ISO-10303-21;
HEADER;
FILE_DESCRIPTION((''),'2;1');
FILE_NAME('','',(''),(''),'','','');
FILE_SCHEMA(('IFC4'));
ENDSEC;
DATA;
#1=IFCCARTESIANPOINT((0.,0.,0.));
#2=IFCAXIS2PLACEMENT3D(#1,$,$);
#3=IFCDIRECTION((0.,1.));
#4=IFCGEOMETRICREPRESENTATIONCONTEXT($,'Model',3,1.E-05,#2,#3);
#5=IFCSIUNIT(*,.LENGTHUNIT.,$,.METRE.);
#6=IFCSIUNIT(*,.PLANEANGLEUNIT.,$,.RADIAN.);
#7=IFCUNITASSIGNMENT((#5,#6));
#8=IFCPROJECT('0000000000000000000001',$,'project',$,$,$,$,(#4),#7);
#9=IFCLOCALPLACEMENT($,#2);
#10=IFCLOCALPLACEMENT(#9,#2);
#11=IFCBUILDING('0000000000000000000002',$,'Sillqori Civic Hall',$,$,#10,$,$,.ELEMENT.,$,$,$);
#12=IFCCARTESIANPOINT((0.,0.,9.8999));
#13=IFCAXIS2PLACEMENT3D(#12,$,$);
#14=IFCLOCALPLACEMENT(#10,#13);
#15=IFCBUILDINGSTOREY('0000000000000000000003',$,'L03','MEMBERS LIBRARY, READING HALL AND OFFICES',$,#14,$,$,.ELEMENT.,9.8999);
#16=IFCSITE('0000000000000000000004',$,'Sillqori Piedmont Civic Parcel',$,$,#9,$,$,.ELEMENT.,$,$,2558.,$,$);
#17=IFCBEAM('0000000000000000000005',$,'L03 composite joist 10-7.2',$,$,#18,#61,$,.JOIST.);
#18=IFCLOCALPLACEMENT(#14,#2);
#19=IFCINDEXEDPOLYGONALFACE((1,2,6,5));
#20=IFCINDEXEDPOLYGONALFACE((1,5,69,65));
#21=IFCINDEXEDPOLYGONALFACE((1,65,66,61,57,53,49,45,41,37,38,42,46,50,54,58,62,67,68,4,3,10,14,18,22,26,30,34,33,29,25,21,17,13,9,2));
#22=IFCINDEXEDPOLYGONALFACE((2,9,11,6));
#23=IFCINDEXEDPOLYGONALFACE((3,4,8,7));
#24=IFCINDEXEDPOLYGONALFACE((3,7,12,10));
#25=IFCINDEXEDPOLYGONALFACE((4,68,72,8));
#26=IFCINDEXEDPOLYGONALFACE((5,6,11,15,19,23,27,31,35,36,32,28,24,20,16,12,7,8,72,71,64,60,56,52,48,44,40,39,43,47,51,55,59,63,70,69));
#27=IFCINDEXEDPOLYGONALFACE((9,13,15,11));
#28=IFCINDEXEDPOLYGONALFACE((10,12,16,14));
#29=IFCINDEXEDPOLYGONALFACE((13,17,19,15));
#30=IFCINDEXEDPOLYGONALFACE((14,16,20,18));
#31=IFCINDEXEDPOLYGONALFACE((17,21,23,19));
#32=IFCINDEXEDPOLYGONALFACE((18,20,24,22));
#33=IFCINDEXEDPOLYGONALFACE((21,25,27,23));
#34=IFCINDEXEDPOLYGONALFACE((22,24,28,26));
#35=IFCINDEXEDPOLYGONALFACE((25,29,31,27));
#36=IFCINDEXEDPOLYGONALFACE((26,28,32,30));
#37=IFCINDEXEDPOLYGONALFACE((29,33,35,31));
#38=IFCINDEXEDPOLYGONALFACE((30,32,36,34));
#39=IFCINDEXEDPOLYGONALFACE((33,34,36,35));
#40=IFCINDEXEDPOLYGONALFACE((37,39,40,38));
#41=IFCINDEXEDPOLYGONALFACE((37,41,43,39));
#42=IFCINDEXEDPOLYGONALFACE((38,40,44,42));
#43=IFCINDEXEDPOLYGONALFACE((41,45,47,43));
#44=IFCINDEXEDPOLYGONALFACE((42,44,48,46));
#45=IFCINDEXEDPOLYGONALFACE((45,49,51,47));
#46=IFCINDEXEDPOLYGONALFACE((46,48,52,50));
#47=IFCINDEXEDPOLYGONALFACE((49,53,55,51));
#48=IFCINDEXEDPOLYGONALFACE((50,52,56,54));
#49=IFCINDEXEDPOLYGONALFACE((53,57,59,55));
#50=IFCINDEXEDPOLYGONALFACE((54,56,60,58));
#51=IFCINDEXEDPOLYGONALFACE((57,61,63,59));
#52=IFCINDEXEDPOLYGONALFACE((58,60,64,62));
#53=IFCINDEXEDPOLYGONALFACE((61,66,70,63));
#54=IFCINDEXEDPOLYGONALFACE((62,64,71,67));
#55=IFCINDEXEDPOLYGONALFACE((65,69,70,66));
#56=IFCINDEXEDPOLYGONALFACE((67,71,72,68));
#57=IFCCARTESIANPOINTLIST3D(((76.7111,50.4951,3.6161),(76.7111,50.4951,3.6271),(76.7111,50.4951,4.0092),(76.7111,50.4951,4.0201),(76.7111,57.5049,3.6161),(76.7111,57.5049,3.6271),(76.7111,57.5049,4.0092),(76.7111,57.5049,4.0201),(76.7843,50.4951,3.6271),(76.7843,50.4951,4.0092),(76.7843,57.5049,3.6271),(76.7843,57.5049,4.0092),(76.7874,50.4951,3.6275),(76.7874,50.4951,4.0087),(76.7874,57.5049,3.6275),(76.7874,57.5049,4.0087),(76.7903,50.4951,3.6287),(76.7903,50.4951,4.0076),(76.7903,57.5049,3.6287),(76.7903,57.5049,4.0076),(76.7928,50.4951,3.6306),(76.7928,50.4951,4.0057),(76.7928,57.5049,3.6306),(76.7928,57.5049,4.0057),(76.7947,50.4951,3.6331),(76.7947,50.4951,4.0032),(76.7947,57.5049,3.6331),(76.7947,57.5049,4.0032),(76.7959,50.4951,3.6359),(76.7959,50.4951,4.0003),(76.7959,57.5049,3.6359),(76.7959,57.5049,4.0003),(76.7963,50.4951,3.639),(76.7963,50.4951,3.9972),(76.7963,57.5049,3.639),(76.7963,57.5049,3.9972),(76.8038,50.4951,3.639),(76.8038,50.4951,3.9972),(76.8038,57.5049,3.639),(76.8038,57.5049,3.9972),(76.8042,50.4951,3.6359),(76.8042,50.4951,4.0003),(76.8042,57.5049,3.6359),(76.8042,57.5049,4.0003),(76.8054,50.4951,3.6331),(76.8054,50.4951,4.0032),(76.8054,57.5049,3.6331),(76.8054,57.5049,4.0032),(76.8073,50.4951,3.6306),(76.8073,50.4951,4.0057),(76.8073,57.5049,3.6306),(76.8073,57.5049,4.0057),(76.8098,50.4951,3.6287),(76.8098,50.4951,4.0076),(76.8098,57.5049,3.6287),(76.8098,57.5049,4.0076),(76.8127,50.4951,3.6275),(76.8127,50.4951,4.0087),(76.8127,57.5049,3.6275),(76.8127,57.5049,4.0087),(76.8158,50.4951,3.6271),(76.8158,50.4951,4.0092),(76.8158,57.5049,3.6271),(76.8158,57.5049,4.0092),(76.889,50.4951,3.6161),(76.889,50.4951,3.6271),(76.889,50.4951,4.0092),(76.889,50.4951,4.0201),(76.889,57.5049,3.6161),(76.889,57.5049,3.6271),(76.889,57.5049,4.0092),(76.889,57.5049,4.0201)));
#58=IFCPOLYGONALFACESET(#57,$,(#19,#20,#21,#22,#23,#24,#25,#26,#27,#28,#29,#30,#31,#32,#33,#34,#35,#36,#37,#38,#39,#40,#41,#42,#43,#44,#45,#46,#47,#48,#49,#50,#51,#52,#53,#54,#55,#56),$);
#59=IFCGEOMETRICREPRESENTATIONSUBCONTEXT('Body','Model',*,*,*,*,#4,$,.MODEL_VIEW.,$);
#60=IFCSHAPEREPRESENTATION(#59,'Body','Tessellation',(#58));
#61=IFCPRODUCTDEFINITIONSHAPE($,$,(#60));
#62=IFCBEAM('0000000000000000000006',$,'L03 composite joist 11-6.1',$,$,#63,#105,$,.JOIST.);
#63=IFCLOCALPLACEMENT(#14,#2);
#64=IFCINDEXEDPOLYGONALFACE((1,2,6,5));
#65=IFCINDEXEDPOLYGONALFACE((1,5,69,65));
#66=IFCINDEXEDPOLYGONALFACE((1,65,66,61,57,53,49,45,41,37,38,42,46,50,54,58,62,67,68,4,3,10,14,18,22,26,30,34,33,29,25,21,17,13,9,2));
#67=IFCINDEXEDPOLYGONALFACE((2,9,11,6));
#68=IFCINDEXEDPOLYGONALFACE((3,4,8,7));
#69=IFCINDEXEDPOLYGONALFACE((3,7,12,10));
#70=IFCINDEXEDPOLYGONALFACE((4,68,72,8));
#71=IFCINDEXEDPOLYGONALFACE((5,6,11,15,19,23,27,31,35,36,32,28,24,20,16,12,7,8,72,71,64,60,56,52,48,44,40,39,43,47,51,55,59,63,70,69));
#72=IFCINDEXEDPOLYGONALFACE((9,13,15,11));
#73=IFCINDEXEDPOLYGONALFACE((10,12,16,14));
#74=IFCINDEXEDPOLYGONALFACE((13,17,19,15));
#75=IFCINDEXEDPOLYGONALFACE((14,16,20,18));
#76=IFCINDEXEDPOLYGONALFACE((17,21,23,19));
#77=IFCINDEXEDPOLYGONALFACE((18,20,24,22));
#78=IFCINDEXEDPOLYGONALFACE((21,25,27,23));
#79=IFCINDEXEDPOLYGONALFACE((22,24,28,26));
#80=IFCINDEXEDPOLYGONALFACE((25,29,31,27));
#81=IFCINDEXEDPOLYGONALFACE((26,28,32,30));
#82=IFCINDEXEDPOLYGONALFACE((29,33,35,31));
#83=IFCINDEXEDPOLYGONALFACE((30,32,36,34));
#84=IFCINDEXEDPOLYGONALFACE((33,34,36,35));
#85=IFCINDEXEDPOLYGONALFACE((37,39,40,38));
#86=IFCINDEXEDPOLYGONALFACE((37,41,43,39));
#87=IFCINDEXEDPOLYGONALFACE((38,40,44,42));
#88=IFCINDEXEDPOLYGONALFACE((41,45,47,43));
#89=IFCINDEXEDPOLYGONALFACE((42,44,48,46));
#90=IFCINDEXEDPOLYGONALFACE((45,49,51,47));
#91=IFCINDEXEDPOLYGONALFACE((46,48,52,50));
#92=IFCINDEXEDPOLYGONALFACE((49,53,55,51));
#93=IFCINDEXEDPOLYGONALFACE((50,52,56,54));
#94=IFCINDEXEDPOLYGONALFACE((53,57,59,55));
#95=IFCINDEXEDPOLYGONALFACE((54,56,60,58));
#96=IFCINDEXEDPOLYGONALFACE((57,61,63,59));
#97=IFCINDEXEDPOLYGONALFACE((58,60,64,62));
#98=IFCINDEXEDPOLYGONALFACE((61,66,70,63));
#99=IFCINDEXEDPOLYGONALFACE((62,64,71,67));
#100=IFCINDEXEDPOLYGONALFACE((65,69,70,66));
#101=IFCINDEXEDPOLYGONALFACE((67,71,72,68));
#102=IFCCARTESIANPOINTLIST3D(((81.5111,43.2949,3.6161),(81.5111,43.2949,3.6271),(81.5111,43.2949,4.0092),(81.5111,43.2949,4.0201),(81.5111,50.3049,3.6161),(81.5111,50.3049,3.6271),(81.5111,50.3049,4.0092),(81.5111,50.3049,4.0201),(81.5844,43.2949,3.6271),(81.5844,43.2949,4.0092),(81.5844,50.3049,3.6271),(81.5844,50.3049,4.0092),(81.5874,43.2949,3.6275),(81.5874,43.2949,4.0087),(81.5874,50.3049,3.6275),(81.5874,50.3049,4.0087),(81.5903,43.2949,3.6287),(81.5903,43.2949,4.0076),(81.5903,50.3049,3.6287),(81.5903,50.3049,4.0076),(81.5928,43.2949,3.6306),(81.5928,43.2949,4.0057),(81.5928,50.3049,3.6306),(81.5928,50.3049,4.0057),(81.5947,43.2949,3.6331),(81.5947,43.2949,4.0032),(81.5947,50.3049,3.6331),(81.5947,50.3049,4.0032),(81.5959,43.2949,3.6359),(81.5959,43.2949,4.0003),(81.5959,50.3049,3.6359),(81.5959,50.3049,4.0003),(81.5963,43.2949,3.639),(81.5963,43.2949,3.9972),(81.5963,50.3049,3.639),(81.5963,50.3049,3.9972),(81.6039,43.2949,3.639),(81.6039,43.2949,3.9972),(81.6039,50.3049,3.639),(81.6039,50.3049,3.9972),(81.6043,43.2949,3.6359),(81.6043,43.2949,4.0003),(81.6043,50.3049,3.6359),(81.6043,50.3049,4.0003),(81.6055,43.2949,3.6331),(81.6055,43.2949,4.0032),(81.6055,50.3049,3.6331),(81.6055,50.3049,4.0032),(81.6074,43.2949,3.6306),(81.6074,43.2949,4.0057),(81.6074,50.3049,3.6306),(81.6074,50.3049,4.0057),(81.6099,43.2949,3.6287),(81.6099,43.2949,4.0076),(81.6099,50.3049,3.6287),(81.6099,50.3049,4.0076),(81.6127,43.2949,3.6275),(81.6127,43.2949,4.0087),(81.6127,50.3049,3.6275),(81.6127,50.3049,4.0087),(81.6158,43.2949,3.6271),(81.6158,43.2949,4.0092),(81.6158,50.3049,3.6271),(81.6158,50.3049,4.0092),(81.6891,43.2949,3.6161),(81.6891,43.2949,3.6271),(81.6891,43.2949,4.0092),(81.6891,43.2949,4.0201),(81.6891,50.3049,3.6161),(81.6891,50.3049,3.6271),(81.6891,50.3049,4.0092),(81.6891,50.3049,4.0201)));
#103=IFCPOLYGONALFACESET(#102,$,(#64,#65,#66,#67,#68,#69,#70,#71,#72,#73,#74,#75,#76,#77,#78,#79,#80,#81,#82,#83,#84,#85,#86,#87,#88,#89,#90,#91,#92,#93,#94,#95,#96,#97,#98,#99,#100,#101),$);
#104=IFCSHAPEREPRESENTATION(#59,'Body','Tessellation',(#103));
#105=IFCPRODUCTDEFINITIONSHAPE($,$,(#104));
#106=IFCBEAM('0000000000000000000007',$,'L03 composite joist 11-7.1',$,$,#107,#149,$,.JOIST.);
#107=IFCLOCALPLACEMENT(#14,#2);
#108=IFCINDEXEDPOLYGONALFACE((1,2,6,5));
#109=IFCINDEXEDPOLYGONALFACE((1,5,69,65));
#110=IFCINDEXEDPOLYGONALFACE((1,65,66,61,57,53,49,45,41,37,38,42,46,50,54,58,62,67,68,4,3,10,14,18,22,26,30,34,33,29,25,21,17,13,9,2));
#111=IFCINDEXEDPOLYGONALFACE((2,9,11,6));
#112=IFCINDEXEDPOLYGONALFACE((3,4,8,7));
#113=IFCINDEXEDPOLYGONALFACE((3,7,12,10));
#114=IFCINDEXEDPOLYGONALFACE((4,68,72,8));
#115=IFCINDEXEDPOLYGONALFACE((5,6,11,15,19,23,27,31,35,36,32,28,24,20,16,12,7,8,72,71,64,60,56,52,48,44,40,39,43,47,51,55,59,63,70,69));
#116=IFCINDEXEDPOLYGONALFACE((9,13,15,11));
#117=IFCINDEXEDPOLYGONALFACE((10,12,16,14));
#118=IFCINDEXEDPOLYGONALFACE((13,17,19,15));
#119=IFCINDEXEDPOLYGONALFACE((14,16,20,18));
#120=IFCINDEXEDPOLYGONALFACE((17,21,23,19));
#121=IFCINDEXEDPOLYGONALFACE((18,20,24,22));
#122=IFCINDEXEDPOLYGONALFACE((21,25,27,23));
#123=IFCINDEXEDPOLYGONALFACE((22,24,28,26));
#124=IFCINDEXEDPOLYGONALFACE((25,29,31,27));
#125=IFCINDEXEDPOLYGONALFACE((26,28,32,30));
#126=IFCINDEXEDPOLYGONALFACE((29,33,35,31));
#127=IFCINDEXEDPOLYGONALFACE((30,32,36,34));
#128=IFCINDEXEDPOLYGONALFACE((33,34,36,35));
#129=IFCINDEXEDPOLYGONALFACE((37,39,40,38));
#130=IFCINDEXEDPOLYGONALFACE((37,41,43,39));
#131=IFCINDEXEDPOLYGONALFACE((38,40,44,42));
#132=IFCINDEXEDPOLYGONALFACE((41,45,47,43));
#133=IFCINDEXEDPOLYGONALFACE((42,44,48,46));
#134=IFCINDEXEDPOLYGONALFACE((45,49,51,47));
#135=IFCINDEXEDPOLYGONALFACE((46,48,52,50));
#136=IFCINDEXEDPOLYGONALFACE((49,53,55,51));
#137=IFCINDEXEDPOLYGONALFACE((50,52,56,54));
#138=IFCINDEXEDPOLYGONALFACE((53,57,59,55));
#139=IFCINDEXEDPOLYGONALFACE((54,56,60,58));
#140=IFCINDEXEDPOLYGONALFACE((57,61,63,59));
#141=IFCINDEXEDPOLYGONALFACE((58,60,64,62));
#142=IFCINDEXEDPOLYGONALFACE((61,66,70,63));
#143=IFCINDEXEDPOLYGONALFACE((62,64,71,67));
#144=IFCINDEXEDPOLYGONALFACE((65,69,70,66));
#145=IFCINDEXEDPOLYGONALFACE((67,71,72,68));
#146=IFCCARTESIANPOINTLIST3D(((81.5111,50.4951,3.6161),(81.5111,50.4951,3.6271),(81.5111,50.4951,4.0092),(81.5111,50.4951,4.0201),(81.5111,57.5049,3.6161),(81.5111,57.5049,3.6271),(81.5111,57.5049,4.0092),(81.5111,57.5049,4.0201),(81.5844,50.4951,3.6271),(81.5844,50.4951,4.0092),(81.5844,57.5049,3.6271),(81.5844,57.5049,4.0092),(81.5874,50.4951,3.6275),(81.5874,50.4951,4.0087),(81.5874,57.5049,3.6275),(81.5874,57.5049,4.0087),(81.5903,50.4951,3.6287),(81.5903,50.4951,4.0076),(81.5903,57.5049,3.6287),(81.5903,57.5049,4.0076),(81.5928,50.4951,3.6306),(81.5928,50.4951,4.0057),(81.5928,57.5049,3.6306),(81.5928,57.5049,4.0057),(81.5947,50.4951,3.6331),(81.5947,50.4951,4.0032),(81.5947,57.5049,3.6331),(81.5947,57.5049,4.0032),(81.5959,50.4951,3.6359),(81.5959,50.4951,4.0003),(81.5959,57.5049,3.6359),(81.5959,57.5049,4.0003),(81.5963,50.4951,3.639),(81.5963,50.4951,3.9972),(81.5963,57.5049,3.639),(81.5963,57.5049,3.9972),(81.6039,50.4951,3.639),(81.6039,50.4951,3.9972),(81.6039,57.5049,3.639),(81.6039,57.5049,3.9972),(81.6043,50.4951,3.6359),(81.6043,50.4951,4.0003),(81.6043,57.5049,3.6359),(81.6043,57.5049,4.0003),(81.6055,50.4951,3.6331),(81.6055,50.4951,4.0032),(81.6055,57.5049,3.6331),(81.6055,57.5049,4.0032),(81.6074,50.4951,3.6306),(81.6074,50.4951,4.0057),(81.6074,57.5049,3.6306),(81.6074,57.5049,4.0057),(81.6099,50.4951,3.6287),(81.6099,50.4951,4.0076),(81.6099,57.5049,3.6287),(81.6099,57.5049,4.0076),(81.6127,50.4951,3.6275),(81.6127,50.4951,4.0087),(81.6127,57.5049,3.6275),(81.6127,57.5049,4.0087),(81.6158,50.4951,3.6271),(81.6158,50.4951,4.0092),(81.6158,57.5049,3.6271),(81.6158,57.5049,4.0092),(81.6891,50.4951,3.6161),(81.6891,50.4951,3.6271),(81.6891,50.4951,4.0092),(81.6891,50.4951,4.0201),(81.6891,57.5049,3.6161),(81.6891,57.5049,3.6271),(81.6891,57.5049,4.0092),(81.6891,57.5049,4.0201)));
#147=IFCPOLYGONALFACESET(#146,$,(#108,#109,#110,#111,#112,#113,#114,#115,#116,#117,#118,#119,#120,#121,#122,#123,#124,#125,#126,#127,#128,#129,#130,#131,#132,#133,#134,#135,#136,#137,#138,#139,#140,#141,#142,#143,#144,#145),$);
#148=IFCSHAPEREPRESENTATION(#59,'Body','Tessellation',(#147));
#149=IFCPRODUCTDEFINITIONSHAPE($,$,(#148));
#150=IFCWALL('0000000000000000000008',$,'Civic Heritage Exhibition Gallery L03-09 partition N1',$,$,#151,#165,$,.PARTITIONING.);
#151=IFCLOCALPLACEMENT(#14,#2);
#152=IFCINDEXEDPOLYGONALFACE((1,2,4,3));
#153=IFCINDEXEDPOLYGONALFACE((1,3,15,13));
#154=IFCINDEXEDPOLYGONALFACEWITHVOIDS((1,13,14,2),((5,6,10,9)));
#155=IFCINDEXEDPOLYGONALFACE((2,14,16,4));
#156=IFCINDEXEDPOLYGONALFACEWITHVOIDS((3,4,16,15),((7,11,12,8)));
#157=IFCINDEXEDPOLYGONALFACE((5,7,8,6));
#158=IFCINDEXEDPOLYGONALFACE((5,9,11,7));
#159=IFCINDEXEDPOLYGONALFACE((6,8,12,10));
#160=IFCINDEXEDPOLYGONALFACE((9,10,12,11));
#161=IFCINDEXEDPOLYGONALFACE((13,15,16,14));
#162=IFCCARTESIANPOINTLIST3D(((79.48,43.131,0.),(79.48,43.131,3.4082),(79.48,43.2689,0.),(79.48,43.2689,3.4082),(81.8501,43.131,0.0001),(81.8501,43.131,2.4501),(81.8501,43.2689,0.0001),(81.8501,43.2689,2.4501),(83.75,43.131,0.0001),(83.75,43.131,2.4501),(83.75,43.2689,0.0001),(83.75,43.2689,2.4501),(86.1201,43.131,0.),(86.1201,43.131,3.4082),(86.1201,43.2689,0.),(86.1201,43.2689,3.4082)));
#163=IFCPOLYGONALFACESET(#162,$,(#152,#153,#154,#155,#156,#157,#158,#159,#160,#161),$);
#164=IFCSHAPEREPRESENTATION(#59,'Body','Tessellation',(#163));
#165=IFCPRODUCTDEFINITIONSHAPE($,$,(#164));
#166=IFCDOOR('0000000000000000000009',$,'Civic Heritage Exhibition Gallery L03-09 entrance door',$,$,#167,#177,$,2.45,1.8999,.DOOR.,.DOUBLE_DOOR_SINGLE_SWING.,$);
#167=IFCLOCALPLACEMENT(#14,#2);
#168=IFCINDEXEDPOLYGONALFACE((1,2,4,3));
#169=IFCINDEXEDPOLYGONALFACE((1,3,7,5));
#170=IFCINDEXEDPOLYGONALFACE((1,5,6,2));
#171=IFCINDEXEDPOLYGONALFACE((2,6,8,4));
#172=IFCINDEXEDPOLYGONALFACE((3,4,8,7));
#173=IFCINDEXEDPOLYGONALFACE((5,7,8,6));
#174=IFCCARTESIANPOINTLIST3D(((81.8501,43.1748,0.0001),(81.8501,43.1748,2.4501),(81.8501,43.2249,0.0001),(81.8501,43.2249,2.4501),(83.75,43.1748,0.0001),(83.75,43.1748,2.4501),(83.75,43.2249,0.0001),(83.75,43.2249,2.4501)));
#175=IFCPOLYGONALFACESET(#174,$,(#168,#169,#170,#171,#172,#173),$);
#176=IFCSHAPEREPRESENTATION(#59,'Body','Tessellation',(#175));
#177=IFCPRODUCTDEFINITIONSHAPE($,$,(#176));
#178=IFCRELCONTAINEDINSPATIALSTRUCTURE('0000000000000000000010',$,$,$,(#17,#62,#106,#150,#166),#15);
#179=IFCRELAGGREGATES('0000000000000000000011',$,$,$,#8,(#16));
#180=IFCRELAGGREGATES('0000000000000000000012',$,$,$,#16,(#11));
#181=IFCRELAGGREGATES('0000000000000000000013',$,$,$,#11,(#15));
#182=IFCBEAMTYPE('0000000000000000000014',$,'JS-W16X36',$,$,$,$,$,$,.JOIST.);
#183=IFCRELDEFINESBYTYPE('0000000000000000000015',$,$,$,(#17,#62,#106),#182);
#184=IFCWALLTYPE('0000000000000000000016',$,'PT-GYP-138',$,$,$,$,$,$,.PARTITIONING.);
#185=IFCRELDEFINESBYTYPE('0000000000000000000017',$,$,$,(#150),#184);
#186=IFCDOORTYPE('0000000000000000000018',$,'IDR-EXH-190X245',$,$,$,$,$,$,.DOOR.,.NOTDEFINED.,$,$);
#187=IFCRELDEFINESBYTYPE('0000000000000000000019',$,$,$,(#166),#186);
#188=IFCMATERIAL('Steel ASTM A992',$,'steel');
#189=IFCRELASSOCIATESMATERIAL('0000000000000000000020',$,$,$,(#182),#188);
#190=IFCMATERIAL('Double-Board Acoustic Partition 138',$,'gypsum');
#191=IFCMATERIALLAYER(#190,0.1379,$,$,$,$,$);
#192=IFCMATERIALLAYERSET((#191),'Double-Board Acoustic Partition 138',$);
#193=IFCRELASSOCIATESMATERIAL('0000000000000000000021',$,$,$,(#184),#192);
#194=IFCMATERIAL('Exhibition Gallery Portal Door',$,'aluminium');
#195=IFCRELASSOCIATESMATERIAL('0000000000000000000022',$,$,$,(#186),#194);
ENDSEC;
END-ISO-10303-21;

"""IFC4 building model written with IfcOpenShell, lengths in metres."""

from ifc_helpers import new_model, si_unit, direction, frame, frame_2d, origin, origin_2d, place, context, subcontext, project, spatial, rectangle, i_section, extrude, material, layer, layer_set, material_profile, profile_set, type_object, element, fill, save


model = new_model("IFC4")

# Units and contexts
model_context = context("Model", 3, precision=1e-05, world=origin(), true_north=direction((0.0, 1.0)))
body_context = subcontext(model_context, "Body", "Model", "MODEL_VIEW")
ifc_project = project(units=[si_unit("LENGTHUNIT", "METRE"), si_unit("PLANEANGLEUNIT", "RADIAN")], contexts=[model_context])

# Site, building, storey
site_placement = place(None, origin())
site = spatial("IfcSite", under=ifc_project, at=site_placement, Name="Sillqori Piedmont Civic Parcel", CompositionType="ELEMENT", RefElevation=2558.0)
building_placement = place(site_placement, origin())
building = spatial("IfcBuilding", under=site, at=building_placement, Name="Sillqori Civic Hall", CompositionType="ELEMENT")
storey_placement = place(building_placement, frame((0.0, 0.0, 9.8999)))
storey = spatial("IfcBuildingStorey", under=building, at=storey_placement, Name="L03", Description="MEMBERS LIBRARY, READING HALL AND OFFICES", CompositionType="ELEMENT", Elevation=9.8999)

# Shared definitions
ifc_material_1 = material(Name="Steel ASTM A992", Category="steel")

# Beams
ifc_material_profile_1 = material_profile(ifc_material_1, i_section(OverallWidth=0.178, OverallDepth=0.4041, WebThickness=0.0076, FlangeThickness=0.011, FilletRadius=0.012, at=origin_2d()), Name="W16X36")
ifc_profile_set_1 = profile_set([ifc_material_profile_1], Name="Steel ASTM A992")
beam_type_1 = type_object("IfcBeamType", Name="JS-W16X36", PredefinedType="JOIST", material=ifc_profile_set_1)
for number, where, z_axis, x_axis, name in (
    (1, (76.8, 50.4951, 3.8181), (0.0, 1.0, 0.0), (-1.0, 0.0, 0.0), "L03 composite joist 10-7.2"),
):
    element("IfcBeam", number, at=place(storey_placement, frame(where, z_axis=z_axis, x_axis=x_axis)), inside=storey, type_object=beam_type_1, Name=name, PredefinedType="JOIST", context=body_context, shape_type="SweptSolid", body=[
        extrude(i_section(OverallWidth=0.178, OverallDepth=0.4041, WebThickness=0.0076, FlangeThickness=0.011, FilletRadius=0.012, at=origin_2d()), origin(), (0.0, 0.0, 1.0), 7.0098),
    ])
beam_1_placement = place(storey_placement, frame((81.6001, 43.2949, 3.8181), z_axis=(0.0, 1.0, 0.0), x_axis=(-1.0, 0.0, 0.0)))
element("IfcBeam", 2, at=beam_1_placement, inside=storey, type_object=beam_type_1, Name="L03 composite joist 11-6.1", PredefinedType="JOIST", context=body_context, shape_type="SweptSolid", body=[
    extrude(i_section(OverallWidth=0.178, OverallDepth=0.4041, WebThickness=0.0076, FlangeThickness=0.011, FilletRadius=0.012, at=origin_2d()), origin(), (0.0, 0.0, 1.0), 7.01),
])
beam_2_placement = place(storey_placement, frame((81.6001, 50.4951, 3.8181), z_axis=(0.0, 1.0, 0.0), x_axis=(-1.0, 0.0, 0.0)))
element("IfcBeam", 3, at=beam_2_placement, inside=storey, type_object=beam_type_1, Name="L03 composite joist 11-7.1", PredefinedType="JOIST", context=body_context, shape_type="SweptSolid", body=[
    extrude(i_section(OverallWidth=0.178, OverallDepth=0.4041, WebThickness=0.0076, FlangeThickness=0.011, FilletRadius=0.012, at=origin_2d()), origin(), (0.0, 0.0, 1.0), 7.0098),
])

# Wall, opening, door
ifc_material_2 = material(Name="Double-Board Acoustic Partition 138", Category="gypsum")
ifc_layer_1 = layer(ifc_material_2, 0.1379)
ifc_layer_set_1 = layer_set([ifc_layer_1], Name="Double-Board Acoustic Partition 138")
wall_type_1 = type_object("IfcWallType", Name="PT-GYP-138", PredefinedType="PARTITIONING", material=ifc_layer_set_1)
wall_1_placement = place(storey_placement, frame((79.48, 43.2, 0.0), z_axis=(0.0, 0.0, 1.0), x_axis=(1.0, 0.0, 0.0)))
wall_1 = element("IfcWall", 4, at=wall_1_placement, inside=storey, type_object=wall_type_1, Name="Civic Heritage Exhibition Gallery L03-09 partition N1", PredefinedType="PARTITIONING", context=body_context, shape_type="SweptSolid", body=[
    extrude(rectangle(XDim=6.6401, YDim=0.1379, at=frame_2d((3.3201, 0.0))), origin(), (0.0, 0.0, 1.0), 3.4082),
])
opening_1_placement = place(wall_1_placement, frame((2.3701, 0.0, 0.0)))
opening_1 = element("IfcOpeningElement", 5, at=opening_1_placement, cuts=wall_1, PredefinedType="OPENING", context=body_context, shape_type="SweptSolid", body=[
    extrude(rectangle(XDim=1.8999, YDim=2.45, at=frame_2d((0.95, 1.2251))), frame((0.0, 0.0789, 0.0), z_axis=(0.0, -1.0, 0.0), x_axis=(1.0, 0.0, 0.0)), (0.0, 0.0, 1.0), 0.158),
])
ifc_material_3 = material(Name="Exhibition Gallery Portal Door", Category="aluminium")
door_type_1 = type_object("IfcDoorType", Name="IDR-EXH-190X245", OperationType="NOTDEFINED", PredefinedType="DOOR", material=ifc_material_3)
door_1_placement = place(opening_1_placement, origin())
door_1 = element("IfcDoor", 6, at=door_1_placement, inside=storey, type_object=door_type_1, Name="Civic Heritage Exhibition Gallery L03-09 entrance door", OperationType="DOUBLE_DOOR_SINGLE_SWING", OverallHeight=2.45, OverallWidth=1.8999, PredefinedType="DOOR", context=body_context, shape_type="SweptSolid", body=[
    extrude(rectangle(XDim=1.8999, YDim=2.45, at=frame_2d((0.95, 1.2251))), frame((0.0, 0.0249, 0.0), z_axis=(0.0, -1.0, 0.0), x_axis=(1.0, 0.0, 0.0)), (0.0, 0.0, 1.0), 0.05),
])
fill(opening_1, door_1)

save(model, "model.ifc")
